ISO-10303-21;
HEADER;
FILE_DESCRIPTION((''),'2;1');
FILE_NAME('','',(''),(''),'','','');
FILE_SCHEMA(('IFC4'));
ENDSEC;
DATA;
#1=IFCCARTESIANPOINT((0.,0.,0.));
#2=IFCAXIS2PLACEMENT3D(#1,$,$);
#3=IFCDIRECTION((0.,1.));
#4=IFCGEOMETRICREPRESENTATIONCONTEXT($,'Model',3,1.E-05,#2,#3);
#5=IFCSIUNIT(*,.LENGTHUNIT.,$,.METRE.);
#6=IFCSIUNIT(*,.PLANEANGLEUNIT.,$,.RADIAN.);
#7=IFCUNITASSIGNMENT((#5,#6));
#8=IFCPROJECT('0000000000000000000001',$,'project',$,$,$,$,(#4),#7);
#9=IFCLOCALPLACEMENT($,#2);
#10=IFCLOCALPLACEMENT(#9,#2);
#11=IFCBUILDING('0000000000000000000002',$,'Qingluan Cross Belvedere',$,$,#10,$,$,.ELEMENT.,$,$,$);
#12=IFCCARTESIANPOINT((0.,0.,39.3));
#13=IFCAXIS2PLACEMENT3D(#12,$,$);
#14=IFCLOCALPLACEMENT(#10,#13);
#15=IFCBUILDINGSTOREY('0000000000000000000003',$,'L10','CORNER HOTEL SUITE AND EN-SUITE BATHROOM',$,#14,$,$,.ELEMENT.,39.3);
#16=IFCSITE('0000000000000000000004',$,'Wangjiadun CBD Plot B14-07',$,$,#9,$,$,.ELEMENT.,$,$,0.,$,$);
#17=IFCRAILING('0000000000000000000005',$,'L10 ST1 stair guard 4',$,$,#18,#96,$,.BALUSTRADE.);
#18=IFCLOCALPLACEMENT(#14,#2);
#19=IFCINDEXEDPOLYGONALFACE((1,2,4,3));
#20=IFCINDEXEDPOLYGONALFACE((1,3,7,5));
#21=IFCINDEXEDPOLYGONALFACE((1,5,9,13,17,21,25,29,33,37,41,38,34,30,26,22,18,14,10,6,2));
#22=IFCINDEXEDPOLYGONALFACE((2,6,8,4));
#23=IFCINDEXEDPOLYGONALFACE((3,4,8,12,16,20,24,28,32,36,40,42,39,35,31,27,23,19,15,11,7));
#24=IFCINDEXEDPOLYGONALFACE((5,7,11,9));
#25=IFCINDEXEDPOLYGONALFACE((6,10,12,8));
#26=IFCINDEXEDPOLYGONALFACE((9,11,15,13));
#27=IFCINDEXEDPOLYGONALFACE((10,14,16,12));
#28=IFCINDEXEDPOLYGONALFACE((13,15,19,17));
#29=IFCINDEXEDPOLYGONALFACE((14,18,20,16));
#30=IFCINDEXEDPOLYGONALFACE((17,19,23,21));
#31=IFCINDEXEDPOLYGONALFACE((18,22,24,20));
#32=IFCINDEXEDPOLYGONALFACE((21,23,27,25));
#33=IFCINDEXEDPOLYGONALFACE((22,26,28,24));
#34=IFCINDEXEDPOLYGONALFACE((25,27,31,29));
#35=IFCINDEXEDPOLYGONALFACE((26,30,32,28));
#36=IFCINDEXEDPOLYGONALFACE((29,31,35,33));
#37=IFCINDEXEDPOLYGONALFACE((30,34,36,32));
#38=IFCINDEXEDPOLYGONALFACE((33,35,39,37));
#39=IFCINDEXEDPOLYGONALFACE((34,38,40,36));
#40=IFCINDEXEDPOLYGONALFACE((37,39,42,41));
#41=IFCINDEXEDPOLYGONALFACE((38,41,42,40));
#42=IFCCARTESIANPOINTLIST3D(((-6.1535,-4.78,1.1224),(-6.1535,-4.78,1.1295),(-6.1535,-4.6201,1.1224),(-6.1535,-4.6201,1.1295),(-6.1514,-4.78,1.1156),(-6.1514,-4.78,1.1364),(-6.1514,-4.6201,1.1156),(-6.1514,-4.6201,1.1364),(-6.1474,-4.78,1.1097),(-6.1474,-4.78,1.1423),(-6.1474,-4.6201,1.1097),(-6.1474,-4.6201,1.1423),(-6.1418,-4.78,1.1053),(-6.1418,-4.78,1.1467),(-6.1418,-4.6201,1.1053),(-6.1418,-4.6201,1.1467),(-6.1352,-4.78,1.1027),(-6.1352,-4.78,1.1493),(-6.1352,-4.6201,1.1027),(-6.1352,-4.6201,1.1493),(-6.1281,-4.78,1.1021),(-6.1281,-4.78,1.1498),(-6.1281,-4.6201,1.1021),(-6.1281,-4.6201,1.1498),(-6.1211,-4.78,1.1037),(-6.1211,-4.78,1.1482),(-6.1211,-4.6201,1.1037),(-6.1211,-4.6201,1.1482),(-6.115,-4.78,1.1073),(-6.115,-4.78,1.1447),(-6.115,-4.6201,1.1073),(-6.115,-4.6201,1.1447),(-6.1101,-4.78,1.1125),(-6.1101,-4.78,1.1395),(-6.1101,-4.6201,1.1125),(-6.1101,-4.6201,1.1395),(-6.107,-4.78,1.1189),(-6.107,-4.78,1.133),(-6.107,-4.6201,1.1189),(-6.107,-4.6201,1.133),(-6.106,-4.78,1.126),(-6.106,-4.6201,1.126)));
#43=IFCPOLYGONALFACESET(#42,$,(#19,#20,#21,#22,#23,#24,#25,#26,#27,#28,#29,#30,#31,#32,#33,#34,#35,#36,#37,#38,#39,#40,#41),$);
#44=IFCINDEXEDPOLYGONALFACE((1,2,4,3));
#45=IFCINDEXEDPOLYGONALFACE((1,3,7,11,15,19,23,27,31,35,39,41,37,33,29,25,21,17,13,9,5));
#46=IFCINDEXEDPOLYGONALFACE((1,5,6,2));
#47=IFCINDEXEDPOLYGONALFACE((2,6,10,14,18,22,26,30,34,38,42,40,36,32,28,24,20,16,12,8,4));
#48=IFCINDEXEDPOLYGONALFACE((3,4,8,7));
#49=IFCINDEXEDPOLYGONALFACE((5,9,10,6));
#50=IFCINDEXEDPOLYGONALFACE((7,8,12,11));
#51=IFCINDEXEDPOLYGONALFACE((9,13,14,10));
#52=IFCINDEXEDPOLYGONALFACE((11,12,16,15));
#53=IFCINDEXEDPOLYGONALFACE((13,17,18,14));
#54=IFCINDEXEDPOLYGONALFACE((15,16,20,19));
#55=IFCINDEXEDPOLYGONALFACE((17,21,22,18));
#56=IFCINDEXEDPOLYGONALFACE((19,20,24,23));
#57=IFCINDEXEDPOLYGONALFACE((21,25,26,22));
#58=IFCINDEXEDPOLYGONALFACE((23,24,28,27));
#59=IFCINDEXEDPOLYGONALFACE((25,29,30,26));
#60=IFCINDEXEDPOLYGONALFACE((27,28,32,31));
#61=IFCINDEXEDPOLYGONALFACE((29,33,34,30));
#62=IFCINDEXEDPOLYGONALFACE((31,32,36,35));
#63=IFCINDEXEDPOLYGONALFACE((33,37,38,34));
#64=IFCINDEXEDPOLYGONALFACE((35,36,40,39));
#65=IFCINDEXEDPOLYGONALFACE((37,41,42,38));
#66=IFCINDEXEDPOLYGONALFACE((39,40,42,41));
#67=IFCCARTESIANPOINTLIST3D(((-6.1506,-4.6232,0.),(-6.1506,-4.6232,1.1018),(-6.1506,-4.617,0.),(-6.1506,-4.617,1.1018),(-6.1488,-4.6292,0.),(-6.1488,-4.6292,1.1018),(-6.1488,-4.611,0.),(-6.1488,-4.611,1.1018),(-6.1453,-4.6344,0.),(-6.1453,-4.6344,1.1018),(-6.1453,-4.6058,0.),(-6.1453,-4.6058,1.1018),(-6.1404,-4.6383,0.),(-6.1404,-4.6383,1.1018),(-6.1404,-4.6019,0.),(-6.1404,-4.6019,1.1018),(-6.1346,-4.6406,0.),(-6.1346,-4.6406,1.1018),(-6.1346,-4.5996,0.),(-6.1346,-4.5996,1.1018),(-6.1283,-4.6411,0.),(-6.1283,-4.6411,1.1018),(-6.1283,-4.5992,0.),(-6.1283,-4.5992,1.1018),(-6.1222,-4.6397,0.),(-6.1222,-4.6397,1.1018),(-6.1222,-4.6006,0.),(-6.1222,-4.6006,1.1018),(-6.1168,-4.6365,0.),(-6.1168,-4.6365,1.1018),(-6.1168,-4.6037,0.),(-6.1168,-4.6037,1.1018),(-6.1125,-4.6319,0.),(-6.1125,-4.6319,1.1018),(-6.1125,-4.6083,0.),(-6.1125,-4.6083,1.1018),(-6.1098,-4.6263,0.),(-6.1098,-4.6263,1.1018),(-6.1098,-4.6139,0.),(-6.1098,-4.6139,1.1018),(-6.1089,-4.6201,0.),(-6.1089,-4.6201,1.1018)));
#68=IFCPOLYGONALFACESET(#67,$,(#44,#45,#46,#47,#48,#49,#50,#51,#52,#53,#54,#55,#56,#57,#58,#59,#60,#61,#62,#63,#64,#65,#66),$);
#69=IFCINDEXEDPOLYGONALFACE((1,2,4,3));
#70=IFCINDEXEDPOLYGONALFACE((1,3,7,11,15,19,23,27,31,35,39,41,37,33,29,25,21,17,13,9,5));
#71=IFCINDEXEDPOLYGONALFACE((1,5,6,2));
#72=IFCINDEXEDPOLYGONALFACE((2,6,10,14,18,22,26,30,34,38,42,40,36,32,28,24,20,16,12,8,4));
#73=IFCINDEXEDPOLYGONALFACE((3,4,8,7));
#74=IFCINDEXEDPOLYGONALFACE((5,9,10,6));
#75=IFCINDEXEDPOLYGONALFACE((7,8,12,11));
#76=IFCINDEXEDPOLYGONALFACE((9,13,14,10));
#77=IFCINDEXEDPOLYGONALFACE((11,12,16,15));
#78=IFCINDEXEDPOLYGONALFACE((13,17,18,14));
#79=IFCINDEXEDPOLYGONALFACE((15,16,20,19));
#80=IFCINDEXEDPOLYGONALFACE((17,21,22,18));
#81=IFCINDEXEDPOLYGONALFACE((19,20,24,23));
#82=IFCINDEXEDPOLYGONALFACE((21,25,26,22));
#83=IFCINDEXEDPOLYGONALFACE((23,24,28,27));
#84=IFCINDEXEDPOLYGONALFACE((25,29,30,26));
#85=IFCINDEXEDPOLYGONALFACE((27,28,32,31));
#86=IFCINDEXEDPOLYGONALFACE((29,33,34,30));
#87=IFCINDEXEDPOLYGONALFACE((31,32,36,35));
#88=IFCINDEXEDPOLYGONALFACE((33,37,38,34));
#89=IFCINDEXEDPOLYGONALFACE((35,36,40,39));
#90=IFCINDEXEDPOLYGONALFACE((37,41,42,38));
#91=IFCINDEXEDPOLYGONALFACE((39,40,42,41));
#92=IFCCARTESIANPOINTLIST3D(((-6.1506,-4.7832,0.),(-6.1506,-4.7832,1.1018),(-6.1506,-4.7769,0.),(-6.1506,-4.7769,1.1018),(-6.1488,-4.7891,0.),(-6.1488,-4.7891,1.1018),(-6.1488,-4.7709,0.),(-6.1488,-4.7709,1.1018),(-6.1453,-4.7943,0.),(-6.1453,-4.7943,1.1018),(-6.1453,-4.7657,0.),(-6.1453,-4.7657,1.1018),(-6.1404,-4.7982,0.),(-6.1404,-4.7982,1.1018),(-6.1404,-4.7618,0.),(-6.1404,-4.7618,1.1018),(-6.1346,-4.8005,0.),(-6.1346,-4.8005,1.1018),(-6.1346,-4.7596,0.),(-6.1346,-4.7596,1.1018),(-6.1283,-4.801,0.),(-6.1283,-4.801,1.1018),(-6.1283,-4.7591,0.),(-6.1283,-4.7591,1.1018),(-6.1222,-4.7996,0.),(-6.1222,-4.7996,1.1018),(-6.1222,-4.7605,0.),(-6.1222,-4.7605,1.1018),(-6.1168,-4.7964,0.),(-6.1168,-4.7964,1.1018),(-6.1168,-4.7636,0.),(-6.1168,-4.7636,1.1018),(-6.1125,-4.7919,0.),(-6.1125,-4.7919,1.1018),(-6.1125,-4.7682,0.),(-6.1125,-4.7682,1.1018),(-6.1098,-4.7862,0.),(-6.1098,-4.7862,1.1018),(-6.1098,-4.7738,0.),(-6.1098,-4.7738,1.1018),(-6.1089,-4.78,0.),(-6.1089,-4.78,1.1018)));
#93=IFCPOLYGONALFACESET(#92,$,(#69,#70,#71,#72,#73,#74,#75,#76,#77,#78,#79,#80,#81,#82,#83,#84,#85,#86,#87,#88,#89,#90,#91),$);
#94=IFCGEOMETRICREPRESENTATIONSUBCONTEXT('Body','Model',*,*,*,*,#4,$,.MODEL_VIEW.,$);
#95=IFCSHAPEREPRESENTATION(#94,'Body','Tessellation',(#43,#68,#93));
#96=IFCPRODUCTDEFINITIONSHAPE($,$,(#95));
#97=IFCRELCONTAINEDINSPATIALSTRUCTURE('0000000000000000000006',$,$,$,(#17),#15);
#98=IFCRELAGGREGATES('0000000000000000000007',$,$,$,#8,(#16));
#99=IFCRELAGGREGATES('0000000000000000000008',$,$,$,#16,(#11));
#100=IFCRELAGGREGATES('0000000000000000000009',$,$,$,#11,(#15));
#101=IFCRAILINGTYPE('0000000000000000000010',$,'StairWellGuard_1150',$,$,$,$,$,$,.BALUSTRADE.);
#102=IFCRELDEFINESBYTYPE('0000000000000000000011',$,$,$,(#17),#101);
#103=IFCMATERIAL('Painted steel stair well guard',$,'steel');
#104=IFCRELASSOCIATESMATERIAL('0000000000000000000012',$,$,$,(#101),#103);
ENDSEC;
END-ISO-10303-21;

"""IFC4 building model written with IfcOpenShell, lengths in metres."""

from ifc_helpers import new_model, si_unit, direction, frame, origin, origin_2d, place, context, subcontext, project, spatial, circle, extrude, material, type_object, element, save


model = new_model("IFC4")

# Units and contexts
model_context = context("Model", 3, precision=1e-05, world=origin(), true_north=direction((0.0, 1.0)))
body_context = subcontext(model_context, "Body", "Model", "MODEL_VIEW")
ifc_project = project(units=[si_unit("LENGTHUNIT", "METRE"), si_unit("PLANEANGLEUNIT", "RADIAN")], contexts=[model_context])

# Site, building, storey
site_placement = place(None, origin())
site = spatial("IfcSite", under=ifc_project, at=site_placement, Name="Wangjiadun CBD Plot B14-07", CompositionType="ELEMENT", RefElevation=0.0)
building_placement = place(site_placement, origin())
building = spatial("IfcBuilding", under=site, at=building_placement, Name="Qingluan Cross Belvedere", CompositionType="ELEMENT")
storey_placement = place(building_placement, frame((0.0, 0.0, 39.3)))
storey = spatial("IfcBuildingStorey", under=building, at=storey_placement, Name="L10", Description="CORNER HOTEL SUITE AND EN-SUITE BATHROOM", CompositionType="ELEMENT", Elevation=39.3)

# Railing
ifc_material_1 = material(Name="Painted steel stair well guard", Category="steel")
railing_type_1 = type_object("IfcRailingType", Name="StairWellGuard_1150", PredefinedType="BALUSTRADE", material=ifc_material_1)
railing_1_placement = place(storey_placement, frame((-6.1299, -4.6201, 0.0)))
element("IfcRailing", 1, at=railing_1_placement, inside=storey, type_object=railing_type_1, Name="L10 ST1 stair guard 4", PredefinedType="BALUSTRADE", context=body_context, shape_type="SweptSolid", body=[
    extrude(circle(Radius=0.0239, at=origin_2d()), frame((0.0, 0.0, 1.126), z_axis=(0.0, -1.0, 0.0), x_axis=(1.0, 0.0, 0.0)), (0.0, 0.0, 1.0), 0.1599),
    extrude(circle(Radius=0.021, at=origin_2d()), origin(), (0.0, 0.0, 1.0), 1.1018),
    extrude(circle(Radius=0.021, at=origin_2d()), frame((0.0, -0.1599, 0.0)), (0.0, 0.0, 1.0), 1.1018),
])

save(model, "model.ifc")
